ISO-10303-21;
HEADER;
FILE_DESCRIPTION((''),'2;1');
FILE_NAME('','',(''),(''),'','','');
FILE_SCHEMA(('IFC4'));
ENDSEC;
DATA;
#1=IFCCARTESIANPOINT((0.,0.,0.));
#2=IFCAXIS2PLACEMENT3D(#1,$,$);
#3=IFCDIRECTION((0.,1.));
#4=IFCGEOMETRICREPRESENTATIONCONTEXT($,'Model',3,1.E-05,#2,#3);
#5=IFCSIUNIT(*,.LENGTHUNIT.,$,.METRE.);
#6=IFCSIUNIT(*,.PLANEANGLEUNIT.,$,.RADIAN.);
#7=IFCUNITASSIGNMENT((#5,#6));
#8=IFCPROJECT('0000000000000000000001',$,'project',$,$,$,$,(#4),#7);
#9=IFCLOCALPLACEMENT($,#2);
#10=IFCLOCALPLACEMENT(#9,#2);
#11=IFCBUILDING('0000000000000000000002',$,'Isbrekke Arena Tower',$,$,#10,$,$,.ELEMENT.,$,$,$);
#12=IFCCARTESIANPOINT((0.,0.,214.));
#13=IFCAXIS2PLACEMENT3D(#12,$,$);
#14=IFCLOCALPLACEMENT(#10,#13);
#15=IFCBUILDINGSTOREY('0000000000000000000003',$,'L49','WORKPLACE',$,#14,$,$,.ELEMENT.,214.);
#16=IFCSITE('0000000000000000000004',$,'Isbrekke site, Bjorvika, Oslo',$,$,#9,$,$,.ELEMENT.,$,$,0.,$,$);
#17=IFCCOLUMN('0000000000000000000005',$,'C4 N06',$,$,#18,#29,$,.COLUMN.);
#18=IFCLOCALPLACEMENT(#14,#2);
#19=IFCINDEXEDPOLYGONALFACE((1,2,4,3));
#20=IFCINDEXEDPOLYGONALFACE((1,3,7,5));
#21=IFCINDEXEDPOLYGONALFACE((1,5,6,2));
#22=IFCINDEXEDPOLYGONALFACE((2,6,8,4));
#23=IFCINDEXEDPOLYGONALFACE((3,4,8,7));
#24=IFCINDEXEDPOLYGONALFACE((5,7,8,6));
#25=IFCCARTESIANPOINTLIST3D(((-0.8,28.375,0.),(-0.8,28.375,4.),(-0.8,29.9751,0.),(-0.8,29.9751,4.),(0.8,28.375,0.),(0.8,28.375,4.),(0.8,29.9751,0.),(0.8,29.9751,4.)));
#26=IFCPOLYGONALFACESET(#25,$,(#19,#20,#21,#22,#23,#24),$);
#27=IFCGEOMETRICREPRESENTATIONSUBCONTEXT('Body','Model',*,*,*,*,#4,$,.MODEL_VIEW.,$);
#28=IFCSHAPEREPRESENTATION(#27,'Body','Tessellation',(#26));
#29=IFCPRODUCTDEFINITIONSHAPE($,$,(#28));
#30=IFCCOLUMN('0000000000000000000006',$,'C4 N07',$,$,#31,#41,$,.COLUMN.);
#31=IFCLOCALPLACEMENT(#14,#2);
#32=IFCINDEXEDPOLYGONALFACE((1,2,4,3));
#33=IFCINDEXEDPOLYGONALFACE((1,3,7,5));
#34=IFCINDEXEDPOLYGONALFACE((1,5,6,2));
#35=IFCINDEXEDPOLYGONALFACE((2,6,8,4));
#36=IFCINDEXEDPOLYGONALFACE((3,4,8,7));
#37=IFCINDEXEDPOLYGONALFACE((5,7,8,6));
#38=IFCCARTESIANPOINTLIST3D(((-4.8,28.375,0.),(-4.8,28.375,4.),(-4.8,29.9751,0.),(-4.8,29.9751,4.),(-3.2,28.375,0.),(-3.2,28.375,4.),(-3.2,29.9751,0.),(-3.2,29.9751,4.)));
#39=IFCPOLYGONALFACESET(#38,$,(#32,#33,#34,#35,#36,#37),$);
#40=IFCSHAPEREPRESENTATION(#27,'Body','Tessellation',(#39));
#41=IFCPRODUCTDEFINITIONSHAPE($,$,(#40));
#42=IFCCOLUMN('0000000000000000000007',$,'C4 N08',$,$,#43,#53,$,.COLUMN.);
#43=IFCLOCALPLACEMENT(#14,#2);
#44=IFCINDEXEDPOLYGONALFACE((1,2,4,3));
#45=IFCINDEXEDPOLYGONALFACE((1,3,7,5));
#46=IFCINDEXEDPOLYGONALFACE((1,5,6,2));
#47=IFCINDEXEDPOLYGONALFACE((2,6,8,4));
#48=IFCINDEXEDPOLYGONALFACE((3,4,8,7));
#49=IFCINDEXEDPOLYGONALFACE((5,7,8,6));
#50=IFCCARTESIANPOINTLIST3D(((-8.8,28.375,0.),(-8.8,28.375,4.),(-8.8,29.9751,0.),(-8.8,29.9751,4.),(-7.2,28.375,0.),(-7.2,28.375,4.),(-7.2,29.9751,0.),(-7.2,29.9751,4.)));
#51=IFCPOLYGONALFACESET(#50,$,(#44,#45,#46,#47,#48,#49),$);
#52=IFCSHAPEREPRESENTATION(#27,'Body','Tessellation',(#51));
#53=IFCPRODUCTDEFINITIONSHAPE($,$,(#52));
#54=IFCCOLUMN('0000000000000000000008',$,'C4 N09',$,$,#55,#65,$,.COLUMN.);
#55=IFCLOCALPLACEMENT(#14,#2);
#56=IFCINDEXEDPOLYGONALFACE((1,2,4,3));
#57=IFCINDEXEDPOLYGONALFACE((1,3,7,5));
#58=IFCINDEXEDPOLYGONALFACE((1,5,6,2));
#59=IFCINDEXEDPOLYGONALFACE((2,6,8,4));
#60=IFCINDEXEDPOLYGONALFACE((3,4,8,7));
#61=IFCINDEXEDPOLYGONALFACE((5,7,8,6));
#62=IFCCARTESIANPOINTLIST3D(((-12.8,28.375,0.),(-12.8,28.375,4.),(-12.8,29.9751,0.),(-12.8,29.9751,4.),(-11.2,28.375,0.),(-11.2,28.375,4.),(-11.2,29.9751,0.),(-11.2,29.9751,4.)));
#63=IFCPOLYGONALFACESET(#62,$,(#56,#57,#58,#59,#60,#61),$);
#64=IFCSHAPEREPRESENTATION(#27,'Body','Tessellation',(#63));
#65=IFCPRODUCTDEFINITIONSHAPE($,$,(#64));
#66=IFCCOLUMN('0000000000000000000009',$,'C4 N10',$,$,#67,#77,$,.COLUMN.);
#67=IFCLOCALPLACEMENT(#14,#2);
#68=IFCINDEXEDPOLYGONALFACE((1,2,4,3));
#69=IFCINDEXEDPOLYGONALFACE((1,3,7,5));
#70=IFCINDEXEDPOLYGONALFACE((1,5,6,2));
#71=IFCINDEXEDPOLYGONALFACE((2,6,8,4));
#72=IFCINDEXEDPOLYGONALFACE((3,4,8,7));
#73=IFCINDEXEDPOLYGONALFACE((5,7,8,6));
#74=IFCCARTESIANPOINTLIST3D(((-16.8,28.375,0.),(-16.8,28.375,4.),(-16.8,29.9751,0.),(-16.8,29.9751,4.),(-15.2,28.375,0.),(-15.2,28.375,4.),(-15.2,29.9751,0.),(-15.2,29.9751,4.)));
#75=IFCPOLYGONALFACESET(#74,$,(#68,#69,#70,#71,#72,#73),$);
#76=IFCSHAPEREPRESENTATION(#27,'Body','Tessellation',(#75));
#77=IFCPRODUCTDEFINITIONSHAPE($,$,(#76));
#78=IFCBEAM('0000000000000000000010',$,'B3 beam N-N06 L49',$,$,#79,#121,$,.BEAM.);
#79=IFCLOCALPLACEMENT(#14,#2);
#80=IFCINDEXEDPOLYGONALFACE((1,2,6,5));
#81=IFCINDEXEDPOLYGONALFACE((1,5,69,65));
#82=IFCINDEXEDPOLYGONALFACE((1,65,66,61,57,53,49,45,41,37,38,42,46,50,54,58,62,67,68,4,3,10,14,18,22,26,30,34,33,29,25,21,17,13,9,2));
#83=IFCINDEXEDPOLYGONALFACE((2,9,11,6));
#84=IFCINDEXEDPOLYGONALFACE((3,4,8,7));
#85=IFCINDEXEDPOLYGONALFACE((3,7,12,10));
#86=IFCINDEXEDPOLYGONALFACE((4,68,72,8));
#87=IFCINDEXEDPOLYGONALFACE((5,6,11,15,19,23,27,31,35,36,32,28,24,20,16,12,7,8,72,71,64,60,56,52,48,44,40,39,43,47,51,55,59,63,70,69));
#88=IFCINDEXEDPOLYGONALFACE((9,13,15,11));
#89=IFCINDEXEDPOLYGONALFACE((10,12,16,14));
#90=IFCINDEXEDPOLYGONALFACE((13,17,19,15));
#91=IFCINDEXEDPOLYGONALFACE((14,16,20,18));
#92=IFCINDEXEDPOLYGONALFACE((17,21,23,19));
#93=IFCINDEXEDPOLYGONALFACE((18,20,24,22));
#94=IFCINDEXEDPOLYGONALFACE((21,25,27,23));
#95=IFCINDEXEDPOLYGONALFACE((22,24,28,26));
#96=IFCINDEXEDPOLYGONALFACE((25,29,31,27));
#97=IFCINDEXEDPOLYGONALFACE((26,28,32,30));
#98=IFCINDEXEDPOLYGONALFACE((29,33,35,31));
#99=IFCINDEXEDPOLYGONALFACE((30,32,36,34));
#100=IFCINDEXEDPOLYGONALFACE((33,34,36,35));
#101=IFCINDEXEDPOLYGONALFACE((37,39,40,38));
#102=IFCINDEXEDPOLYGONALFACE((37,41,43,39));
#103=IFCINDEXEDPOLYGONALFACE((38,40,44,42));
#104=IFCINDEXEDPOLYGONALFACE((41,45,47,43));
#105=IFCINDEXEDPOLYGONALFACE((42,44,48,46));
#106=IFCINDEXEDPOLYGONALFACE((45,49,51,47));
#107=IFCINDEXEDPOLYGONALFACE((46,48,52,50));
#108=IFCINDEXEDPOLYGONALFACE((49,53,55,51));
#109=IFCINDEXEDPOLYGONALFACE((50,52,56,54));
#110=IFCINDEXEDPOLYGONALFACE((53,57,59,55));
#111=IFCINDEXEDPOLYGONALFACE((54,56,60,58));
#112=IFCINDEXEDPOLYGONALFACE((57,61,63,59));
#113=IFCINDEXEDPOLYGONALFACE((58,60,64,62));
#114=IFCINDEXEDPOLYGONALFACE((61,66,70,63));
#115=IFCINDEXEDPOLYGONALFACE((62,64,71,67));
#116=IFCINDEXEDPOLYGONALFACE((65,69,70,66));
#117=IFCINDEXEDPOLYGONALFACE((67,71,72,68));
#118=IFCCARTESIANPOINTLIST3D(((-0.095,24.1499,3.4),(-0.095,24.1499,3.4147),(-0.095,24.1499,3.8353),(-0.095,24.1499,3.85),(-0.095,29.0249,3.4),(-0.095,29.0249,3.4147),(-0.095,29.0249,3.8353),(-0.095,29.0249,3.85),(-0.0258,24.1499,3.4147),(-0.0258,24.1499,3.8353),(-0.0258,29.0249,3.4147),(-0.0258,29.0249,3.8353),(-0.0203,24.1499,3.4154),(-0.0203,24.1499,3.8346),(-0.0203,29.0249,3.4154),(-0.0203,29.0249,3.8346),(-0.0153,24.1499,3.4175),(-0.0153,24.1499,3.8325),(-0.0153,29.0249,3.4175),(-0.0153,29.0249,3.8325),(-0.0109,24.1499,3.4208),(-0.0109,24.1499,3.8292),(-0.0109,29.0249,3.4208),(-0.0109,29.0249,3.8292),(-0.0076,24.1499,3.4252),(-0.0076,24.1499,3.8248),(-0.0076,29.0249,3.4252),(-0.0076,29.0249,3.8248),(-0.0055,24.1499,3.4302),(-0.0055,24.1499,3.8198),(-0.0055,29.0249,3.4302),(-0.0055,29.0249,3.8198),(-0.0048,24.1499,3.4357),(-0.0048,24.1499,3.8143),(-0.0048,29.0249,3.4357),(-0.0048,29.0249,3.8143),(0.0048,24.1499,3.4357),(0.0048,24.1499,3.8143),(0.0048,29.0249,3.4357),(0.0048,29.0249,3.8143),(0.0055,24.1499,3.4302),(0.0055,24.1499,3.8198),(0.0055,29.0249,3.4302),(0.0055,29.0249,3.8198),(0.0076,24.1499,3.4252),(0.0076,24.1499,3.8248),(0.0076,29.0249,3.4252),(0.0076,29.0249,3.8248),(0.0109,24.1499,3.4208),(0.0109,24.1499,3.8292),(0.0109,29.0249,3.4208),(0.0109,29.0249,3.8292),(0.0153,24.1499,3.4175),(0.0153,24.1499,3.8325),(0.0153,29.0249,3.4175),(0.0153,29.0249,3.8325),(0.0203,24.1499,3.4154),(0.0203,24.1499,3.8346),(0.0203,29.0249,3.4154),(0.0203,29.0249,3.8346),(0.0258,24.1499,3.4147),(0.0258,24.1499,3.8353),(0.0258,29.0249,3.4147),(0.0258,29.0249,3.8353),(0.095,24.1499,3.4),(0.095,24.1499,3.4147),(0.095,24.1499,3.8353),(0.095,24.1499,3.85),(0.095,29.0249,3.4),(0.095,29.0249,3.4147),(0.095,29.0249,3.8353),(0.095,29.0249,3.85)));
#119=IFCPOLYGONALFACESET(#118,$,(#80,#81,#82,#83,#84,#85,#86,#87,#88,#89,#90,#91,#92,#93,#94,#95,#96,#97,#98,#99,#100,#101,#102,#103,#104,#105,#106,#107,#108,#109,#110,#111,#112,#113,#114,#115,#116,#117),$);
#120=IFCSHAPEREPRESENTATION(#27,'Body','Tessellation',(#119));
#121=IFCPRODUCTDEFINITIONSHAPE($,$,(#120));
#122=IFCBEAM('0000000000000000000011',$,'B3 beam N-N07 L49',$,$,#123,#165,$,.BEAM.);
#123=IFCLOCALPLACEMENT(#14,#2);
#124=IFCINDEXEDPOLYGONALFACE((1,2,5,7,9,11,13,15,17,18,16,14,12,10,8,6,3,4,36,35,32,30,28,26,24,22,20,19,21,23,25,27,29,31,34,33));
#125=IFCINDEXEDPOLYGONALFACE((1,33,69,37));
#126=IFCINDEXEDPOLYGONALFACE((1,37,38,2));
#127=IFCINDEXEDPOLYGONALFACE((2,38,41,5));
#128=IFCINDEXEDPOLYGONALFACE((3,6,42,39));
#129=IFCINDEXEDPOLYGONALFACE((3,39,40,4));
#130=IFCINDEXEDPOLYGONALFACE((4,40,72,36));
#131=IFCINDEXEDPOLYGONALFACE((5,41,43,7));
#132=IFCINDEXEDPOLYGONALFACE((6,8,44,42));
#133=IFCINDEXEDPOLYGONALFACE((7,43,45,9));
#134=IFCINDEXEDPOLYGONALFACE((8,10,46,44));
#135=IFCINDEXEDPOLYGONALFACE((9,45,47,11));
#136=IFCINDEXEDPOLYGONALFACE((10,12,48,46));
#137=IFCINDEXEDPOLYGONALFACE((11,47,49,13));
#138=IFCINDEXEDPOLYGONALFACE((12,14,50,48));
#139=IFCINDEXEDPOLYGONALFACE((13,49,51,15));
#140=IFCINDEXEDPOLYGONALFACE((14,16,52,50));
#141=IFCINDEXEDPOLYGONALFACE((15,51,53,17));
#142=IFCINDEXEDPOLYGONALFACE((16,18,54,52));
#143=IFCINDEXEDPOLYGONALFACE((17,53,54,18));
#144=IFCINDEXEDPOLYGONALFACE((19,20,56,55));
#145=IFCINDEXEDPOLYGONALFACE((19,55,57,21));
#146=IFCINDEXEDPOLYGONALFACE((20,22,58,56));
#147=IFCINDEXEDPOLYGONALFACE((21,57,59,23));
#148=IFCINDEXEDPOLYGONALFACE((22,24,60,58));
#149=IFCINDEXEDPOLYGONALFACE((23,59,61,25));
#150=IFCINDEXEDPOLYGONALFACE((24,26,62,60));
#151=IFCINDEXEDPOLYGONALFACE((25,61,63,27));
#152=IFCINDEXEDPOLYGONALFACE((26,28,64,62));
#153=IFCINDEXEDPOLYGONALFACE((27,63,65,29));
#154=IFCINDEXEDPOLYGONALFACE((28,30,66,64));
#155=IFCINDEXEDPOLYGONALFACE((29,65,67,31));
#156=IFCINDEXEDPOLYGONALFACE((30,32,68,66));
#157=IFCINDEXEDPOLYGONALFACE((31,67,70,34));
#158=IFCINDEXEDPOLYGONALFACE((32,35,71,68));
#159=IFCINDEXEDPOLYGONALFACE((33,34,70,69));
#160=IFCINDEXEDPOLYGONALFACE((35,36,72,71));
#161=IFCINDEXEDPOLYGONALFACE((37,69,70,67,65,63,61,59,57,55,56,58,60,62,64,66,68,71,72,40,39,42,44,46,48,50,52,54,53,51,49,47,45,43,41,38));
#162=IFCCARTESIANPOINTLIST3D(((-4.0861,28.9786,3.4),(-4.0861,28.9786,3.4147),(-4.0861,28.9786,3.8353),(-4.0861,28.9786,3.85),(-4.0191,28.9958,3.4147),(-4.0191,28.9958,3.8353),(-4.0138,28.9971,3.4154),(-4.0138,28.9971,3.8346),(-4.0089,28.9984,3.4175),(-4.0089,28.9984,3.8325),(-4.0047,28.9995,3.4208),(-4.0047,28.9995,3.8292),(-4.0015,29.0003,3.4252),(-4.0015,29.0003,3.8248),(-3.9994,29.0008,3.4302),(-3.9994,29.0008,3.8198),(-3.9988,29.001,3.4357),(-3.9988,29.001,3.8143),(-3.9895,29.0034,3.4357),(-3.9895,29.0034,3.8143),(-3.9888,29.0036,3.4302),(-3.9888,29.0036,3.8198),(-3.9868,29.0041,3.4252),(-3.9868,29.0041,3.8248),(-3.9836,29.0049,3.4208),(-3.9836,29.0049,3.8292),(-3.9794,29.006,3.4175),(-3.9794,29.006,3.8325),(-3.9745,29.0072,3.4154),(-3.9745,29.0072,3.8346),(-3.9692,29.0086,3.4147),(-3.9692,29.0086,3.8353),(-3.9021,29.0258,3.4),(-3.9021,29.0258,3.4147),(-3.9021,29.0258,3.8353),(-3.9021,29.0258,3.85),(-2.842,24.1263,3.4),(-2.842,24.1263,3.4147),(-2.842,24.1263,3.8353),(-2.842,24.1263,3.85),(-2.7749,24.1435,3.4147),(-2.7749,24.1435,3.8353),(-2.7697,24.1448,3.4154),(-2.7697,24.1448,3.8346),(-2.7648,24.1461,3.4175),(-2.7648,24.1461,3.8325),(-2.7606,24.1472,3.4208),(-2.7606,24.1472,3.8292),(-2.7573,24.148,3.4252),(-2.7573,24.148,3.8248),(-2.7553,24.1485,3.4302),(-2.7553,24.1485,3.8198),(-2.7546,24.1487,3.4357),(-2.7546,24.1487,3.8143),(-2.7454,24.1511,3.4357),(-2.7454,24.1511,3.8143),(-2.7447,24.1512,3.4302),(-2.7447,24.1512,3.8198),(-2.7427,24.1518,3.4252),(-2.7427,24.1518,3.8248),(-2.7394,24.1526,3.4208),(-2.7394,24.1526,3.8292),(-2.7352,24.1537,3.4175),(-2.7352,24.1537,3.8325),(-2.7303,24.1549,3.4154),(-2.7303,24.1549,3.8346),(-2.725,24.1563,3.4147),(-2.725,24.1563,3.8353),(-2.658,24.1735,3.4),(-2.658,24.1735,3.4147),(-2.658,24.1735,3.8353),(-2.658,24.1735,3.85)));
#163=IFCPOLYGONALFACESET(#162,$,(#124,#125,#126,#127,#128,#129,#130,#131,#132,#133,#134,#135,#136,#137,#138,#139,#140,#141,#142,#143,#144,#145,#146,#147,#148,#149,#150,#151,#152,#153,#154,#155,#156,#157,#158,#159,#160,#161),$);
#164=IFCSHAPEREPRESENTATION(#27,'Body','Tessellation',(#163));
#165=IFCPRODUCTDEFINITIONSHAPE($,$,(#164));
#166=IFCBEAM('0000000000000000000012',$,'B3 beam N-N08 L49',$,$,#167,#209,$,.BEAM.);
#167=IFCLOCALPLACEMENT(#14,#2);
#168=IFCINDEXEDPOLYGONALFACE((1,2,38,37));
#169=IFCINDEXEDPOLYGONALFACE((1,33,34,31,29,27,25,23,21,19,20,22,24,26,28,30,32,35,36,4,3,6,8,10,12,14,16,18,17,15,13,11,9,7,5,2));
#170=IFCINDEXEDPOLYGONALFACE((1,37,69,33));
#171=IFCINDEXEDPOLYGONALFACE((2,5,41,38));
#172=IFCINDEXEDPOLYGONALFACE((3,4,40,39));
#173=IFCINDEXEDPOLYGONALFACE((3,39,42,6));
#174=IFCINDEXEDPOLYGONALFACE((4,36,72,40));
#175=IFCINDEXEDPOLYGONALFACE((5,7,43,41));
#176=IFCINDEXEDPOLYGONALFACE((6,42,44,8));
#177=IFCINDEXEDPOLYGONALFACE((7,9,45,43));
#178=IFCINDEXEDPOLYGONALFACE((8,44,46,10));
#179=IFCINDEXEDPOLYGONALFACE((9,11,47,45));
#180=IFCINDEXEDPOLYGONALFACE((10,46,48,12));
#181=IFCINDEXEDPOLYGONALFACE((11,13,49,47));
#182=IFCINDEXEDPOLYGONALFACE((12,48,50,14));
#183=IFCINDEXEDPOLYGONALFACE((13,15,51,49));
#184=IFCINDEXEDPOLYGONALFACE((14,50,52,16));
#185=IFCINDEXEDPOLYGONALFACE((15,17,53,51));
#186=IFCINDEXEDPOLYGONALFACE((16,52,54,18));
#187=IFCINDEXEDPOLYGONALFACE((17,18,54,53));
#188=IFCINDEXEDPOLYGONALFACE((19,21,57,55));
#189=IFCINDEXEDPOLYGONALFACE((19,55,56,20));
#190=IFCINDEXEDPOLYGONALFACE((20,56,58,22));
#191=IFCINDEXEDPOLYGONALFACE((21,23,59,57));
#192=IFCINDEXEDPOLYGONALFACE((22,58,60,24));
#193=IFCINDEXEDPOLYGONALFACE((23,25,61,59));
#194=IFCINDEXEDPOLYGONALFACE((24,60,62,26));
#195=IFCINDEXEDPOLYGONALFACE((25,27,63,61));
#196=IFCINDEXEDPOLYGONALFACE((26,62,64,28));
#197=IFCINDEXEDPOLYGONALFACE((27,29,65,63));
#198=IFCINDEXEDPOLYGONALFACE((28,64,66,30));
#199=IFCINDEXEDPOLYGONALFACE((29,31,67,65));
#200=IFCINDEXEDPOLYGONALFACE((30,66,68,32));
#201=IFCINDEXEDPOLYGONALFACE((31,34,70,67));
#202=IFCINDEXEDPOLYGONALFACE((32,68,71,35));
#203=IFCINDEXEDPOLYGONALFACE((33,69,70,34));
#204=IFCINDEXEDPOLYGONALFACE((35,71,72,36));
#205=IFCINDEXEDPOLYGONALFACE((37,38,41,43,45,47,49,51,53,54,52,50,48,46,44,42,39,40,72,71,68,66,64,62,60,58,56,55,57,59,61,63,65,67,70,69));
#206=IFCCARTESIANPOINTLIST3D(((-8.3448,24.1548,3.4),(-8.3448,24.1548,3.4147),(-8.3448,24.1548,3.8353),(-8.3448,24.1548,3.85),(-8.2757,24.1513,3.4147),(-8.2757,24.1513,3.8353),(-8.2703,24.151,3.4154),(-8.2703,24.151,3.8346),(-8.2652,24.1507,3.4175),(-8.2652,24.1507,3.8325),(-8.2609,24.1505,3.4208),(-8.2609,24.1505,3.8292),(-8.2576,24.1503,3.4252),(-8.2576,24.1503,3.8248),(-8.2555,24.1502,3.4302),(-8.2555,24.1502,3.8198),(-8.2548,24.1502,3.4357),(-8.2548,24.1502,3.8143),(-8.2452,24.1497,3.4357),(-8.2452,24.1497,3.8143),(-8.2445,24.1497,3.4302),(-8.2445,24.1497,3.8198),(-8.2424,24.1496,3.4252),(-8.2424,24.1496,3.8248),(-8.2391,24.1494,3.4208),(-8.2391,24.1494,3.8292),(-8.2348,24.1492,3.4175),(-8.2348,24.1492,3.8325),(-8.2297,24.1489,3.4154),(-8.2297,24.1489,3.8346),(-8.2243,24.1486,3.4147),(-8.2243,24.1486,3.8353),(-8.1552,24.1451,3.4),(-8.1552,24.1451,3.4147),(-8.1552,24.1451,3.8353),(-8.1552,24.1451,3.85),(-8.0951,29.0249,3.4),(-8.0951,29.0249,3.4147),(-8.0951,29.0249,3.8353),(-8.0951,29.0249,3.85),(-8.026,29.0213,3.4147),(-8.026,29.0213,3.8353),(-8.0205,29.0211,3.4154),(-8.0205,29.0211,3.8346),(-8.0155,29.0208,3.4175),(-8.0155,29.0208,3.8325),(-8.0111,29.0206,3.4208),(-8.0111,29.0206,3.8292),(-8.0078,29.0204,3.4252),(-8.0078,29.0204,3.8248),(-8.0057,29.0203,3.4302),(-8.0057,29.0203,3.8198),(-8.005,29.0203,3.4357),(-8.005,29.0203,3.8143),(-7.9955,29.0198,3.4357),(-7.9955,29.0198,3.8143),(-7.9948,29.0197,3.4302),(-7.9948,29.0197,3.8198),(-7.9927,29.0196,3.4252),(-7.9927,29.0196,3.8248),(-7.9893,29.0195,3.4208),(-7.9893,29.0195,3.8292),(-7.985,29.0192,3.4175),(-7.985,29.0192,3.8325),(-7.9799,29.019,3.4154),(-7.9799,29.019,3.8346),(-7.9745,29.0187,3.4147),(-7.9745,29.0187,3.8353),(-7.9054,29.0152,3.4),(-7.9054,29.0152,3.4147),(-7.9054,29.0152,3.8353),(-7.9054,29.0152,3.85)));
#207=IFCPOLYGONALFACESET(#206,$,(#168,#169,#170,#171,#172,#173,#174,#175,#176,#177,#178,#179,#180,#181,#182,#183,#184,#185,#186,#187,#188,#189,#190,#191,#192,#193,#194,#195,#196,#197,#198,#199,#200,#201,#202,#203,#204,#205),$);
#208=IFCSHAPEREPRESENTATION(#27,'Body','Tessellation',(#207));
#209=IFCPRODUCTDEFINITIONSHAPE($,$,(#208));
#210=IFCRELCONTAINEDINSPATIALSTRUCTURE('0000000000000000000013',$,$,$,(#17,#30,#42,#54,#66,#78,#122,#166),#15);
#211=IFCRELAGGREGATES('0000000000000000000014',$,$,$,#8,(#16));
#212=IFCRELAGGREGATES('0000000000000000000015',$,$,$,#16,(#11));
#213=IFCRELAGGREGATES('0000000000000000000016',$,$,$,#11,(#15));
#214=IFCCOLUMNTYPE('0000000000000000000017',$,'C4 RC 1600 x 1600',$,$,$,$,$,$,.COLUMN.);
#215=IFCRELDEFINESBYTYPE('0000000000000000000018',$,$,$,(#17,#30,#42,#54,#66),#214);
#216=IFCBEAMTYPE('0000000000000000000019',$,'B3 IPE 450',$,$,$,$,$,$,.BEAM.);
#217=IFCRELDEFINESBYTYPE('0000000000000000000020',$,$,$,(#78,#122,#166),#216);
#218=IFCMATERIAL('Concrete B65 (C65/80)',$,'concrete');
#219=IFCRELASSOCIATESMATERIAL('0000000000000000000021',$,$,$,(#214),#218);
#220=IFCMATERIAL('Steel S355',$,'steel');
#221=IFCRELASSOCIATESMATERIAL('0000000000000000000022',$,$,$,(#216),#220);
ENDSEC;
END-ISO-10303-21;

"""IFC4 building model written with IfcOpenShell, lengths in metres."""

from ifc_helpers import new_model, si_unit, direction, frame, origin, origin_2d, place, context, subcontext, project, spatial, rectangle, i_section, extrude, material, material_profile, profile_set, type_object, element, save


model = new_model("IFC4")

# Units and contexts
model_context = context("Model", 3, precision=1e-05, world=origin(), true_north=direction((0.0, 1.0)))
body_context = subcontext(model_context, "Body", "Model", "MODEL_VIEW")
ifc_project = project(units=[si_unit("LENGTHUNIT", "METRE"), si_unit("PLANEANGLEUNIT", "RADIAN")], contexts=[model_context])

# Site, building, storey
site_placement = place(None, origin())
site = spatial("IfcSite", under=ifc_project, at=site_placement, Name="Isbrekke site, Bjorvika, Oslo", CompositionType="ELEMENT", RefElevation=0.0)
building_placement = place(site_placement, origin())
building = spatial("IfcBuilding", under=site, at=building_placement, Name="Isbrekke Arena Tower", CompositionType="ELEMENT")
storey_placement = place(building_placement, frame((0.0, 0.0, 214.0)))
storey = spatial("IfcBuildingStorey", under=building, at=storey_placement, Name="L49", Description="WORKPLACE", CompositionType="ELEMENT", Elevation=214.0)

# Columns
ifc_material_1 = material(Name="Concrete B65 (C65/80)", Category="concrete")
ifc_material_profile_1 = material_profile(ifc_material_1, rectangle(XDim=1.6001, YDim=1.6001, at=origin_2d()), Name="RC 1600x1600")
ifc_profile_set_1 = profile_set([ifc_material_profile_1], Name="Concrete B65 (C65/80)")
column_type = type_object("IfcColumnType", Name="C4 RC 1600 x 1600", PredefinedType="COLUMN", material=ifc_profile_set_1)
for number, where, z_axis, x_axis, name in (
    (1, (0.0, 29.175, 0.0), (0.0, 0.0, 1.0), (-1.0, 0.0, 0.0), "C4 N06"),
    (2, (-4.0, 29.175, 0.0), (0.0, 0.0, 1.0), (-1.0, 0.0, 0.0), "C4 N07"),
    (3, (-8.0, 29.175, 0.0), (0.0, 0.0, 1.0), (-1.0, 0.0, 0.0), "C4 N08"),
    (4, (-12.0, 29.175, 0.0), (0.0, 0.0, 1.0), (-1.0, 0.0, 0.0), "C4 N09"),
    (5, (-16.0, 29.175, 0.0), (0.0, 0.0, 1.0), (-1.0, 0.0, 0.0), "C4 N10"),
):
    element("IfcColumn", number, at=place(storey_placement, frame(where, z_axis=z_axis, x_axis=x_axis)), inside=storey, type_object=column_type, Name=name, PredefinedType="COLUMN", context=body_context, shape_type="SweptSolid", body=[
        extrude(rectangle(XDim=1.6001, YDim=1.6001, at=origin_2d()), origin(), (0.0, 0.0, 1.0), 4.0),
    ])

# Beams
ifc_material_2 = material(Name="Steel S355", Category="steel")
ifc_material_profile_2 = material_profile(ifc_material_2, i_section(OverallWidth=0.1899, OverallDepth=0.45, WebThickness=0.0095, FlangeThickness=0.0146, FilletRadius=0.021, at=origin_2d()), Name="IPE 450")
ifc_profile_set_2 = profile_set([ifc_material_profile_2], Name="Steel S355")
beam_type_1 = type_object("IfcBeamType", Name="B3 IPE 450", PredefinedType="BEAM", material=ifc_profile_set_2)
beam_1_placement = place(storey_placement, frame((0.0, 29.0249, 3.625), z_axis=(0.0, -1.0, 0.0), x_axis=(1.0, 0.0, 0.0)))
element("IfcBeam", 6, at=beam_1_placement, inside=storey, type_object=beam_type_1, Name="B3 beam N-N06 L49", PredefinedType="BEAM", context=body_context, shape_type="SweptSolid", body=[
    extrude(i_section(OverallWidth=0.1899, OverallDepth=0.45, WebThickness=0.0095, FlangeThickness=0.0146, FilletRadius=0.021, at=origin_2d()), origin(), (0.0, 0.0, 1.0), 4.875),
])
beam_2_placement = place(storey_placement, frame((-3.9941, 29.0022, 3.625), z_axis=(0.248368, -0.968666, 0.0), x_axis=(0.968666, 0.248368, 0.0)))
element("IfcBeam", 7, at=beam_2_placement, inside=storey, type_object=beam_type_1, Name="B3 beam N-N07 L49", PredefinedType="BEAM", context=body_context, shape_type="SweptSolid", body=[
    extrude(i_section(OverallWidth=0.1899, OverallDepth=0.45, WebThickness=0.0095, FlangeThickness=0.0146, FilletRadius=0.021, at=origin_2d()), origin(), (0.0, 0.0, 1.0), 5.0093),
])
beam_3_placement = place(storey_placement, frame((-8.0002, 29.02, 3.625), z_axis=(-0.051216, -0.998688, 0.0), x_axis=(0.998688, -0.051216, 0.0)))
element("IfcBeam", 8, at=beam_3_placement, inside=storey, type_object=beam_type_1, Name="B3 beam N-N08 L49", PredefinedType="BEAM", context=body_context, shape_type="SweptSolid", body=[
    extrude(i_section(OverallWidth=0.1899, OverallDepth=0.45, WebThickness=0.0095, FlangeThickness=0.0146, FilletRadius=0.021, at=origin_2d()), origin(), (0.0, 0.0, 1.0), 4.8765),
])

save(model, "model.ifc")
